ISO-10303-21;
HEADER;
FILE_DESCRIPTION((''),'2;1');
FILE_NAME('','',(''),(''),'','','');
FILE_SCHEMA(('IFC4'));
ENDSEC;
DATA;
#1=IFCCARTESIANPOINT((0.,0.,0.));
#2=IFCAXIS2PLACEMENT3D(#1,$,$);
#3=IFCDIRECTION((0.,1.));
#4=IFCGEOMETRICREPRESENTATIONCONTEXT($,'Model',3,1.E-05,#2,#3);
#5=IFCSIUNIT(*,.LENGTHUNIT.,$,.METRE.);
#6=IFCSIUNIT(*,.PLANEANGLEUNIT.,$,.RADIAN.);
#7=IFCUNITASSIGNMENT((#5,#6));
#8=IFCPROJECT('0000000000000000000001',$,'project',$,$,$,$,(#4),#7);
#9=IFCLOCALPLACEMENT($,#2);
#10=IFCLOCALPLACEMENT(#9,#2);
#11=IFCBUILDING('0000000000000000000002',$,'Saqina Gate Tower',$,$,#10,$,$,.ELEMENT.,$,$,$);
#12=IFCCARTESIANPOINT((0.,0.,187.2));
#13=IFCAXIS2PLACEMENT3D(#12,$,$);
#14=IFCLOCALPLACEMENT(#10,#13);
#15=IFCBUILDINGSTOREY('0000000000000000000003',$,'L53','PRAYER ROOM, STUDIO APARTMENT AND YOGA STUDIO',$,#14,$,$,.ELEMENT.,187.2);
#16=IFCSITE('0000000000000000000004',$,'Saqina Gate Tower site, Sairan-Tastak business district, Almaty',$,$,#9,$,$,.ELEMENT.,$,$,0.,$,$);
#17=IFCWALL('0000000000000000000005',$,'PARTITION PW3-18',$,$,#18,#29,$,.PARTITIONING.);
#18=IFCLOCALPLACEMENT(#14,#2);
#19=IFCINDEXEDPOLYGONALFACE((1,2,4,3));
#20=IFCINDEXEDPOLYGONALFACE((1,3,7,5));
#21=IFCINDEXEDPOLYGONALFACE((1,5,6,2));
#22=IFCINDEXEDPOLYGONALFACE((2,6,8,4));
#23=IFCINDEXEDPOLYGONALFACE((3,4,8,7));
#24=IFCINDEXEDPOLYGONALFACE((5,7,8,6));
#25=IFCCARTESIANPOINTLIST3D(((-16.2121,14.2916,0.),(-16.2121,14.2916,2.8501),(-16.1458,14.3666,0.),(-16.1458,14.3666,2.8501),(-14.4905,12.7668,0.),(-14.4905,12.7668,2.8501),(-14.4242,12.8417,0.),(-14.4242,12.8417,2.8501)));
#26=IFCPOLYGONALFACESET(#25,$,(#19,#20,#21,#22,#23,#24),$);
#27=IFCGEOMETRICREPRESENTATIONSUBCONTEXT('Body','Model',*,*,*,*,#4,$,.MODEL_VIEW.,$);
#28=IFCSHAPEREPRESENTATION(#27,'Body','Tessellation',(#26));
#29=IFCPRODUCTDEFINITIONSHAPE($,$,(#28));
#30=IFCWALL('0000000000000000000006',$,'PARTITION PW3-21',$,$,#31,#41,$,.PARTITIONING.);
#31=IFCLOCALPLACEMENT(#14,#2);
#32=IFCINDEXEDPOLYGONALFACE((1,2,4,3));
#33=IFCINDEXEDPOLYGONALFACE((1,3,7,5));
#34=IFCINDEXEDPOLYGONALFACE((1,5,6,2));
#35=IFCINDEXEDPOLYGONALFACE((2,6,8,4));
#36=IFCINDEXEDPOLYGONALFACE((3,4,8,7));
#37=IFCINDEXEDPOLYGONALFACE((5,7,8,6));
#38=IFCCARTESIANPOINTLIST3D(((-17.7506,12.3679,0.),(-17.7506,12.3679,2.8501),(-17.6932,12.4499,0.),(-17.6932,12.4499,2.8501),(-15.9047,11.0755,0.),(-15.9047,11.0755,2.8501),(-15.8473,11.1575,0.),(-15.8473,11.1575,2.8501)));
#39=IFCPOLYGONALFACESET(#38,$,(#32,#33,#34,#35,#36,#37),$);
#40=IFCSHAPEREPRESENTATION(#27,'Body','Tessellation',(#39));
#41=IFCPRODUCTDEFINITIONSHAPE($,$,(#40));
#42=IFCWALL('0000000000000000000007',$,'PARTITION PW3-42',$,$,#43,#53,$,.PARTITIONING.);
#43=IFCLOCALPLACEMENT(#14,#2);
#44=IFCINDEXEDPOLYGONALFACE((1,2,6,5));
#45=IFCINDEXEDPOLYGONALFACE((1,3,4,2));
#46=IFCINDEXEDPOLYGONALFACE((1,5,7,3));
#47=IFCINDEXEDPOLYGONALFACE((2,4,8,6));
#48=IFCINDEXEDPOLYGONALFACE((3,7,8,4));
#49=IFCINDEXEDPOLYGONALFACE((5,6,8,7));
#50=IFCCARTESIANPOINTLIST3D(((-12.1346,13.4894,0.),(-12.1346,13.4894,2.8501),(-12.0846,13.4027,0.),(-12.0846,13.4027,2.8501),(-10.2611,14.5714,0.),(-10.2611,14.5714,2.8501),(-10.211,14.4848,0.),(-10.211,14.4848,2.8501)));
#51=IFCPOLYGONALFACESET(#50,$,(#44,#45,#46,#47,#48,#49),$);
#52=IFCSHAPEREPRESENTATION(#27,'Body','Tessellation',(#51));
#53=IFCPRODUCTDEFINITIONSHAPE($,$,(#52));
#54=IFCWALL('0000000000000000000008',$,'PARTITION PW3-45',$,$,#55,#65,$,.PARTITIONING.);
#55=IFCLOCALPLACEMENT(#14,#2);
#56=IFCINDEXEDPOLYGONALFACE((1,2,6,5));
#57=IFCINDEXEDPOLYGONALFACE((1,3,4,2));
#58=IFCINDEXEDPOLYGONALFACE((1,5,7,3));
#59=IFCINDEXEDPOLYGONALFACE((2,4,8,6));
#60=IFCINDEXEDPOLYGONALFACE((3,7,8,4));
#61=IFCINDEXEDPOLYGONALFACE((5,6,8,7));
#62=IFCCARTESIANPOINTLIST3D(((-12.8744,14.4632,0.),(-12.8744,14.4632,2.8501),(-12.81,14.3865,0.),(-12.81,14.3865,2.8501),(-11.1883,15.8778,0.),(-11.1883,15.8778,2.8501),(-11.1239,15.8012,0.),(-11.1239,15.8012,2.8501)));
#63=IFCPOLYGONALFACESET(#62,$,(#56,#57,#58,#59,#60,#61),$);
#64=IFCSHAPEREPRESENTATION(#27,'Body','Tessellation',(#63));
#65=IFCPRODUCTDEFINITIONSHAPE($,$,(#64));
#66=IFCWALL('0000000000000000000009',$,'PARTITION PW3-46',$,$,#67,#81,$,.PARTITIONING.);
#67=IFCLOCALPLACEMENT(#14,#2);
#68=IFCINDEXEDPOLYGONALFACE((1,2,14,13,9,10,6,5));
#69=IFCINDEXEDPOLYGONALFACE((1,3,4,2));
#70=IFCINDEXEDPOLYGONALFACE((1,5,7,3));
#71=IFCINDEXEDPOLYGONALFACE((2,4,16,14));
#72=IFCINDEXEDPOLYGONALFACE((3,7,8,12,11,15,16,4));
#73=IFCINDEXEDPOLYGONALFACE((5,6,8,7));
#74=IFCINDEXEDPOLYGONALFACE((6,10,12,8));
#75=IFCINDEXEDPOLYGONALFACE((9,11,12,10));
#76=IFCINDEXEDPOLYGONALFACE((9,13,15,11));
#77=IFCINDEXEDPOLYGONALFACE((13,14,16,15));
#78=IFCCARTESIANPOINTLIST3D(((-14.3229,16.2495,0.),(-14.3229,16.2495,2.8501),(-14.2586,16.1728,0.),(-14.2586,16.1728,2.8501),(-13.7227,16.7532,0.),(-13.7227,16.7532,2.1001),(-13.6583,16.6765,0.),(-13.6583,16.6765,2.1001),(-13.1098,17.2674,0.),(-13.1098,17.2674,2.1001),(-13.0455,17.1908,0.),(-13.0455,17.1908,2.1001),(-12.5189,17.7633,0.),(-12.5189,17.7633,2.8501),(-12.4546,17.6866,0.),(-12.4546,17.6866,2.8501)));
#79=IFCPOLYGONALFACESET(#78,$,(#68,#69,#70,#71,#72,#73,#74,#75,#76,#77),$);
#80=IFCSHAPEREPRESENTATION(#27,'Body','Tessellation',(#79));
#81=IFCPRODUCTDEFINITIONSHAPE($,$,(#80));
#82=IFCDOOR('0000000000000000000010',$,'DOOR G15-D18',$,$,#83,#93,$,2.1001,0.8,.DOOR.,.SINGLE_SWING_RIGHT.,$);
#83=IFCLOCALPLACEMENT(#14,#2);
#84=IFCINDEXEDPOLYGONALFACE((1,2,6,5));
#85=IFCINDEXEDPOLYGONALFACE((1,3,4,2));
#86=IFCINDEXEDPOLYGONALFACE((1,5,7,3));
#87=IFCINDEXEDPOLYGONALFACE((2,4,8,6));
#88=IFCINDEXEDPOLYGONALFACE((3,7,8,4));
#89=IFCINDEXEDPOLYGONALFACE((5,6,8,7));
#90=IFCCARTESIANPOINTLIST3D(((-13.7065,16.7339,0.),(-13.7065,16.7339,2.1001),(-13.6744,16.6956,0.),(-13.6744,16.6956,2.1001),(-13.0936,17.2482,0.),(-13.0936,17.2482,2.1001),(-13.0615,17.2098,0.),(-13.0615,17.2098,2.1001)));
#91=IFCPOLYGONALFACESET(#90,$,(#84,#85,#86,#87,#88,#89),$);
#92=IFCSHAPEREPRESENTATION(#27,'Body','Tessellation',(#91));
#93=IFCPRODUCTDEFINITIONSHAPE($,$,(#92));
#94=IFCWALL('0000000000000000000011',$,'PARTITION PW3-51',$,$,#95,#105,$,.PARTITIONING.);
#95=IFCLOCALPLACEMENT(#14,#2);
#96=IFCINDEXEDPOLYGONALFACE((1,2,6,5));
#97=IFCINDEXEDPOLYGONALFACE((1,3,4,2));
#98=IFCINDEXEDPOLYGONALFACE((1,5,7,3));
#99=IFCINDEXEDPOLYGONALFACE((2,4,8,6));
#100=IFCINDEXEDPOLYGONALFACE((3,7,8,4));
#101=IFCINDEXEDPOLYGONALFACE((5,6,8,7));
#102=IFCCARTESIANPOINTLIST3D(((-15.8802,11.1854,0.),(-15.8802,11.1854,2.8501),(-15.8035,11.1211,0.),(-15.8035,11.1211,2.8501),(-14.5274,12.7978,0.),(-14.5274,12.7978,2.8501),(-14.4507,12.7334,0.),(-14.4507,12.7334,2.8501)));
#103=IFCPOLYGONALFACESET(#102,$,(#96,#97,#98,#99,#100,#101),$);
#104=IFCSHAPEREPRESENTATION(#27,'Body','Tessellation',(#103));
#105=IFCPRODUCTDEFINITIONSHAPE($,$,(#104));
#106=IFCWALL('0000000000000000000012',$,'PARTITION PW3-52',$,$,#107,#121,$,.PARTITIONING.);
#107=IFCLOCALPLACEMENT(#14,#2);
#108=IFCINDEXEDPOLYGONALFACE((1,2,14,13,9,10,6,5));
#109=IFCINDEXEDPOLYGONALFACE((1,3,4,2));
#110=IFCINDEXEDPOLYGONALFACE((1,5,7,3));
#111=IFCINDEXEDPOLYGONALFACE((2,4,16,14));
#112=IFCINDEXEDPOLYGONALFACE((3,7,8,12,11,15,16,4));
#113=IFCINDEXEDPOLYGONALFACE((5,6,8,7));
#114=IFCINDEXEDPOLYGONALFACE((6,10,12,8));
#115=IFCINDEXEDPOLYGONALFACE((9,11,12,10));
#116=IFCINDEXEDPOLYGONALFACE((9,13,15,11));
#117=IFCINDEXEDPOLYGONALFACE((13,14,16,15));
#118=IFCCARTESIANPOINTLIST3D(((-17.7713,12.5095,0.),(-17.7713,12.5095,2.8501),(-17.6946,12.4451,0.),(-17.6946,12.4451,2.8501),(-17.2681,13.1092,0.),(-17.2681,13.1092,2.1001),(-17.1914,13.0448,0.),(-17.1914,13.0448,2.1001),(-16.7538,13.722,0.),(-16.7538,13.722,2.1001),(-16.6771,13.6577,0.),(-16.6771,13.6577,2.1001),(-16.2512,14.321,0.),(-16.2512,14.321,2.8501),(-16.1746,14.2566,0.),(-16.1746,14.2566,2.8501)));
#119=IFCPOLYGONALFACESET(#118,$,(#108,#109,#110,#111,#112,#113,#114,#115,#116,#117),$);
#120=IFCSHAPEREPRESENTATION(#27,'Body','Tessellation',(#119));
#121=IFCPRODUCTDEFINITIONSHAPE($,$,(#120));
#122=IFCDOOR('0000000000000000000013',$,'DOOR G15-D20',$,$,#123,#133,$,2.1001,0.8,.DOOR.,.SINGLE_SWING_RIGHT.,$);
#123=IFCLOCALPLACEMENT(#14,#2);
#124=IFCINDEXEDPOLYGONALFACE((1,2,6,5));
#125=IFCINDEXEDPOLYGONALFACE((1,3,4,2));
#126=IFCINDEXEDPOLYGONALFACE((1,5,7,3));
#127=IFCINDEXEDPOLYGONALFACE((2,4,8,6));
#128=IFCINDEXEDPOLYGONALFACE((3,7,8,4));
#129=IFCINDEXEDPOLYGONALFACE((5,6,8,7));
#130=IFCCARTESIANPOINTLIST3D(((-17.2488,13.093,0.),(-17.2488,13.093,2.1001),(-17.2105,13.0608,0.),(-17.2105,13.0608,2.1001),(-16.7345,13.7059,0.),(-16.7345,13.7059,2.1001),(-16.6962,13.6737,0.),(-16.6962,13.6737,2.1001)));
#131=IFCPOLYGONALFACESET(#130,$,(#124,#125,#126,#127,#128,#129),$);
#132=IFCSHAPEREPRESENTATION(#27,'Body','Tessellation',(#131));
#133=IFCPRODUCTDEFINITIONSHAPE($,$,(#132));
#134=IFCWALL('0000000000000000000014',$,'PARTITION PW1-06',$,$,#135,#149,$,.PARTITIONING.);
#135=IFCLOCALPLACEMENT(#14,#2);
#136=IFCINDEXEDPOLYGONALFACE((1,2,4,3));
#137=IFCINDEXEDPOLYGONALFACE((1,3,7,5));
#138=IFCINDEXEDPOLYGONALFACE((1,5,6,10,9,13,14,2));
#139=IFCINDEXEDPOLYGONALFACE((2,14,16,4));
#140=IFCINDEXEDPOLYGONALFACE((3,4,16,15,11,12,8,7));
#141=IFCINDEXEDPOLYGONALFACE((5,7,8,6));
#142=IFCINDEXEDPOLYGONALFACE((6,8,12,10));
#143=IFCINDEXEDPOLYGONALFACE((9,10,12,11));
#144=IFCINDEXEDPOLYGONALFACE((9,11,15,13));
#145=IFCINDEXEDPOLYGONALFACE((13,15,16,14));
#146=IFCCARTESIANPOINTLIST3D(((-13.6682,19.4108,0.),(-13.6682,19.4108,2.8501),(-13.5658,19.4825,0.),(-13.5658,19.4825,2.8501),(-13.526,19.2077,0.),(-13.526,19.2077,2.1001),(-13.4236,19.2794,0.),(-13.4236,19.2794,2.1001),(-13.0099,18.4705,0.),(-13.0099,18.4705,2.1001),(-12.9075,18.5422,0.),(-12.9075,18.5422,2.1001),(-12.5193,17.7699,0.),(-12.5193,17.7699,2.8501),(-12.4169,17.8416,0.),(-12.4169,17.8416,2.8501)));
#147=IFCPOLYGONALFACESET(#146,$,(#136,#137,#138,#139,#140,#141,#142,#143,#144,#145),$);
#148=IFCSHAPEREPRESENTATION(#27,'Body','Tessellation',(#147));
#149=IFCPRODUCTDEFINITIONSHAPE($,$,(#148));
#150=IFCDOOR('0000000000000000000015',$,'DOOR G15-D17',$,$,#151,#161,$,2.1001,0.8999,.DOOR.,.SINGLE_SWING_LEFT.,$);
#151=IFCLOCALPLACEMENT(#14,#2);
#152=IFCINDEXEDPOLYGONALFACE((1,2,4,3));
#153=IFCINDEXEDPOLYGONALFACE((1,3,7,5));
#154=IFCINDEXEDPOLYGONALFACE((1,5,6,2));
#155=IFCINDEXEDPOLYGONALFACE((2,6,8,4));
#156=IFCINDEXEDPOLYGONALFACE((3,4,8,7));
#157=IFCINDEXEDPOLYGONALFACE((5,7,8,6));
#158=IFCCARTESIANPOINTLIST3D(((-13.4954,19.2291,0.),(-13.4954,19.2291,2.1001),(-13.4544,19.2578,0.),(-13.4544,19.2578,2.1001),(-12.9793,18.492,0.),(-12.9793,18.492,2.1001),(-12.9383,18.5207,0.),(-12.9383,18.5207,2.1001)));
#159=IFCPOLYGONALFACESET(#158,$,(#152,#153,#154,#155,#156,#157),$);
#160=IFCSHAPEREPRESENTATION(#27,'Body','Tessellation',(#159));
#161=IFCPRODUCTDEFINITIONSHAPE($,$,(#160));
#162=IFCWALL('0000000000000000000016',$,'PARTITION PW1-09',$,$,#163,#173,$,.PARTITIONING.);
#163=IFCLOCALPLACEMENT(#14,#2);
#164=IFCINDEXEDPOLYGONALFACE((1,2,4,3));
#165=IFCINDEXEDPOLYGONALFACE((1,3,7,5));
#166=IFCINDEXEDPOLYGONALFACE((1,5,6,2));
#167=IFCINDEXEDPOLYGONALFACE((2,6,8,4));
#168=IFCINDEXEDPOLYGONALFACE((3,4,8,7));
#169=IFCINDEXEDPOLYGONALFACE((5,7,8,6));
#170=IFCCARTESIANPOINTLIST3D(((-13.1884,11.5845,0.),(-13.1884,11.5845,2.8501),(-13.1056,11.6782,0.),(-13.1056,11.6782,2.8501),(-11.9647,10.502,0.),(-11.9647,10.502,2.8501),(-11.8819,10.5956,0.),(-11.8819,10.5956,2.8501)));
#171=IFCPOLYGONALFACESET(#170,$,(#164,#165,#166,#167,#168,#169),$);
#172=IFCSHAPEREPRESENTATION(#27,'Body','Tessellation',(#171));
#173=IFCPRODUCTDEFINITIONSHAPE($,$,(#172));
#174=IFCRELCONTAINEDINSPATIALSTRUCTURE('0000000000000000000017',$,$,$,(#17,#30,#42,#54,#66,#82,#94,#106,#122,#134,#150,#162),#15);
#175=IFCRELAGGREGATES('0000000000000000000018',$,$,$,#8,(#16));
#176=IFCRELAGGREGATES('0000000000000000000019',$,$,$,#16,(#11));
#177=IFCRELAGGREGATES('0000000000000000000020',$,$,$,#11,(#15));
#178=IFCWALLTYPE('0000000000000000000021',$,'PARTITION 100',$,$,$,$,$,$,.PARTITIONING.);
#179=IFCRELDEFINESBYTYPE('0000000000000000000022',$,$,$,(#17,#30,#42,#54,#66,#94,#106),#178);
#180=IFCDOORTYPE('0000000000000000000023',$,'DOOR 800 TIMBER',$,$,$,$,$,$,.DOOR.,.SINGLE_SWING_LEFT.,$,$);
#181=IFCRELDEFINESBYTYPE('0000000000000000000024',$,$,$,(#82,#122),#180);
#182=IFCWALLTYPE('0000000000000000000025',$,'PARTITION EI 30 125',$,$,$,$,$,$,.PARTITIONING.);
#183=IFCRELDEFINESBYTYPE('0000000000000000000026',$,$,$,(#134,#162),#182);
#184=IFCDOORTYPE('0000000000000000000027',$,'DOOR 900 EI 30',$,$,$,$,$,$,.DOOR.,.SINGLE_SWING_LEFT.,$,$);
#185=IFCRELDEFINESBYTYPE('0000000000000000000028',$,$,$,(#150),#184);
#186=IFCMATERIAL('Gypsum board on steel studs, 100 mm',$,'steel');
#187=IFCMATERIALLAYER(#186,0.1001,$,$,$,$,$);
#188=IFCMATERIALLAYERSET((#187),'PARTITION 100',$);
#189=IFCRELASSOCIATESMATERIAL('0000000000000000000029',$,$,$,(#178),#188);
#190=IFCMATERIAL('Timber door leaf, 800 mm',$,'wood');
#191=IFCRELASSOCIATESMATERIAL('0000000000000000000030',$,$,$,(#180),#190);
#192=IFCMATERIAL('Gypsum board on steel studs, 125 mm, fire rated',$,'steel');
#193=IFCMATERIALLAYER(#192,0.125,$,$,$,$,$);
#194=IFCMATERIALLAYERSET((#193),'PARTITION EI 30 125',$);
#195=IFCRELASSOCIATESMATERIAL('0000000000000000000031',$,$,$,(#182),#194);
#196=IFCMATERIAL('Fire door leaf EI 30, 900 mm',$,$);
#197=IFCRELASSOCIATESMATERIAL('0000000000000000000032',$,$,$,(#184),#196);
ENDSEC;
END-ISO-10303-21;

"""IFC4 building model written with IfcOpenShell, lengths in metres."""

from ifc_helpers import new_model, si_unit, direction, frame, frame_2d, origin, place, context, subcontext, project, spatial, rectangle, extrude, material, layer, layer_set, type_object, element, fill, save


model = new_model("IFC4")

# Units and contexts
model_context = context("Model", 3, precision=1e-05, world=origin(), true_north=direction((0.0, 1.0)))
body_context = subcontext(model_context, "Body", "Model", "MODEL_VIEW")
ifc_project = project(units=[si_unit("LENGTHUNIT", "METRE"), si_unit("PLANEANGLEUNIT", "RADIAN")], contexts=[model_context])

# Site, building, storey
site_placement = place(None, origin())
site = spatial("IfcSite", under=ifc_project, at=site_placement, Name="Saqina Gate Tower site, Sairan-Tastak business district, Almaty", CompositionType="ELEMENT", RefElevation=0.0)
building_placement = place(site_placement, origin())
building = spatial("IfcBuilding", under=site, at=building_placement, Name="Saqina Gate Tower", CompositionType="ELEMENT")
storey_placement = place(building_placement, frame((0.0, 0.0, 187.2)))
storey = spatial("IfcBuildingStorey", under=building, at=storey_placement, Name="L53", Description="PRAYER ROOM, STUDIO APARTMENT AND YOGA STUDIO", CompositionType="ELEMENT", Elevation=187.2)

# Walls
ifc_material_1 = material(Name="Gypsum board on steel studs, 100 mm", Category="steel")
ifc_layer_1 = layer(ifc_material_1, 0.1001)
ifc_layer_set_1 = layer_set([ifc_layer_1], Name="PARTITION 100")
wall_type_1 = type_object("IfcWallType", Name="PARTITION 100", PredefinedType="PARTITIONING", material=ifc_layer_set_1)
wall_1_placement = place(storey_placement, frame((-16.179, 14.3291, 0.0), z_axis=(0.0, 0.0, 1.0), x_axis=(0.748591, -0.663032, 0.0)))
element("IfcWall", 1, at=wall_1_placement, inside=storey, type_object=wall_type_1, Name="PARTITION PW3-18", PredefinedType="PARTITIONING", context=body_context, shape_type="SweptSolid", body=[
    extrude(rectangle(XDim=2.2998, YDim=0.1001, at=frame_2d((1.1499, 0.0))), origin(), (0.0, 0.0, 1.0), 2.8501),
])
wall_2_placement = place(storey_placement, frame((-17.7219, 12.4089, 0.0), z_axis=(0.0, 0.0, 1.0), x_axis=(0.819166, -0.573557, 0.0)))
element("IfcWall", 2, at=wall_2_placement, inside=storey, type_object=wall_type_1, Name="PARTITION PW3-21", PredefinedType="PARTITIONING", context=body_context, shape_type="SweptSolid", body=[
    extrude(rectangle(XDim=2.2534, YDim=0.1001, at=frame_2d((1.1267, 0.0))), origin(), (0.0, 0.0, 1.0), 2.8501),
])
wall_3_placement = place(storey_placement, frame((-12.1096, 13.446, 0.0), z_axis=(0.0, 0.0, 1.0), x_axis=(0.865956, 0.50012, 0.0)))
element("IfcWall", 3, at=wall_3_placement, inside=storey, type_object=wall_type_1, Name="PARTITION PW3-42", PredefinedType="PARTITIONING", context=body_context, shape_type="SweptSolid", body=[
    extrude(rectangle(XDim=2.1636, YDim=0.1001, at=frame_2d((1.0818, 0.0))), origin(), (0.0, 0.0, 1.0), 2.8501),
])
wall_4_placement = place(storey_placement, frame((-12.8423, 14.4248, 0.0), z_axis=(0.0, 0.0, 1.0), x_axis=(0.766089, 0.642734, 0.0)))
element("IfcWall", 4, at=wall_4_placement, inside=storey, type_object=wall_type_1, Name="PARTITION PW3-45", PredefinedType="PARTITIONING", context=body_context, shape_type="SweptSolid", body=[
    extrude(rectangle(XDim=2.2009, YDim=0.1001, at=frame_2d((1.1006, 0.0))), origin(), (0.0, 0.0, 1.0), 2.8501),
])

# Wall, opening, door
wall_5_placement = place(storey_placement, frame((-14.2908, 16.2112, 0.0), z_axis=(0.0, 0.0, 1.0), x_axis=(0.76605, 0.642781, 0.0)))
wall_5 = element("IfcWall", 5, at=wall_5_placement, inside=storey, type_object=wall_type_1, Name="PARTITION PW3-46", PredefinedType="PARTITIONING", context=body_context, shape_type="SweptSolid", body=[
    extrude(rectangle(XDim=2.355, YDim=0.1001, at=frame_2d((1.1775, 0.0))), origin(), (0.0, 0.0, 1.0), 2.8501),
])
opening_1_placement = place(wall_5_placement, frame((0.7837, 0.0, 0.0)))
opening_1 = element("IfcOpeningElement", 6, at=opening_1_placement, cuts=wall_5, PredefinedType="OPENING", context=body_context, shape_type="SweptSolid", body=[
    extrude(rectangle(XDim=0.8, YDim=2.1001, at=frame_2d((0.3999, 1.05))), frame((0.0, 0.062, 0.0), z_axis=(0.0, -1.0, 0.0), x_axis=(1.0, 0.0, 0.0)), (0.0, 0.0, 1.0), 0.124),
])
ifc_material_2 = material(Name="Timber door leaf, 800 mm", Category="wood")
door_type_1 = type_object("IfcDoorType", Name="DOOR 800 TIMBER", OperationType="SINGLE_SWING_LEFT", PredefinedType="DOOR", material=ifc_material_2)
door_1_placement = place(opening_1_placement, origin())
door_1 = element("IfcDoor", 7, at=door_1_placement, inside=storey, type_object=door_type_1, Name="DOOR G15-D18", OperationType="SINGLE_SWING_RIGHT", OverallHeight=2.1001, OverallWidth=0.8, PredefinedType="DOOR", context=body_context, shape_type="SweptSolid", body=[
    extrude(rectangle(XDim=0.8, YDim=2.1001, at=frame_2d((0.3999, 1.05))), frame((0.0, 0.0249, 0.0), z_axis=(0.0, -1.0, 0.0), x_axis=(1.0, 0.0, 0.0)), (0.0, 0.0, 1.0), 0.05),
])
fill(opening_1, door_1)

# Wall
wall_6_placement = place(storey_placement, frame((-15.8418, 11.1533, 0.0), z_axis=(0.0, 0.0, 1.0), x_axis=(0.642759, 0.766068, 0.0)))
element("IfcWall", 8, at=wall_6_placement, inside=storey, type_object=wall_type_1, Name="PARTITION PW3-51", PredefinedType="PARTITIONING", context=body_context, shape_type="SweptSolid", body=[
    extrude(rectangle(XDim=2.1047, YDim=0.1001, at=frame_2d((1.0522, 0.0))), origin(), (0.0, 0.0, 1.0), 2.8501),
])

# Walls, openings, doors
wall_7_placement = place(storey_placement, frame((-17.7329, 12.4773, 0.0), z_axis=(0.0, 0.0, 1.0), x_axis=(0.64278, 0.766051, 0.0)))
wall_7 = element("IfcWall", 9, at=wall_7_placement, inside=storey, type_object=wall_type_1, Name="PARTITION PW3-52", PredefinedType="PARTITIONING", context=body_context, shape_type="SweptSolid", body=[
    extrude(rectangle(XDim=2.3647, YDim=0.1001, at=frame_2d((1.1824, 0.0))), origin(), (0.0, 0.0, 1.0), 2.8501),
])
opening_2_placement = place(wall_7_placement, frame((0.783, 0.0, 0.0)))
opening_2 = element("IfcOpeningElement", 10, at=opening_2_placement, cuts=wall_7, PredefinedType="OPENING", context=body_context, shape_type="SweptSolid", body=[
    extrude(rectangle(XDim=0.8, YDim=2.1001, at=frame_2d((0.3999, 1.05))), frame((0.0, 0.062, 0.0), z_axis=(0.0, -1.0, 0.0), x_axis=(1.0, 0.0, 0.0)), (0.0, 0.0, 1.0), 0.124),
])
door_2_placement = place(opening_2_placement, origin())
door_2 = element("IfcDoor", 11, at=door_2_placement, inside=storey, type_object=door_type_1, Name="DOOR G15-D20", OperationType="SINGLE_SWING_RIGHT", OverallHeight=2.1001, OverallWidth=0.8, PredefinedType="DOOR", context=body_context, shape_type="SweptSolid", body=[
    extrude(rectangle(XDim=0.8, YDim=2.1001, at=frame_2d((0.3999, 1.05))), frame((0.0, 0.0249, 0.0), z_axis=(0.0, -1.0, 0.0), x_axis=(1.0, 0.0, 0.0)), (0.0, 0.0, 1.0), 0.05),
])
fill(opening_2, door_2)
ifc_material_3 = material(Name="Gypsum board on steel studs, 125 mm, fire rated", Category="steel")
ifc_layer_2 = layer(ifc_material_3, 0.125)
ifc_layer_set_2 = layer_set([ifc_layer_2], Name="PARTITION EI 30 125")
wall_type_2 = type_object("IfcWallType", Name="PARTITION EI 30 125", PredefinedType="PARTITIONING", material=ifc_layer_set_2)
wall_8_placement = place(storey_placement, frame((-13.6169, 19.4465, 0.0), z_axis=(0.0, 0.0, 1.0), x_axis=(0.573569, -0.819157, 0.0)))
wall_8 = element("IfcWall", 12, at=wall_8_placement, inside=storey, type_object=wall_type_2, Name="PARTITION PW1-06", PredefinedType="PARTITIONING", context=body_context, shape_type="SweptSolid", body=[
    extrude(rectangle(XDim=2.0032, YDim=0.125, at=frame_2d((1.0015, 0.0))), origin(), (0.0, 0.0, 1.0), 2.8501),
])
opening_3_placement = place(wall_8_placement, frame((0.2478, 0.0, 0.0)))
opening_3 = element("IfcOpeningElement", 13, at=opening_3_placement, cuts=wall_8, PredefinedType="OPENING", context=body_context, shape_type="SweptSolid", body=[
    extrude(rectangle(XDim=0.8999, YDim=2.1001, at=frame_2d((0.45, 1.05))), frame((0.0, 0.0745, 0.0), z_axis=(0.0, -1.0, 0.0), x_axis=(1.0, 0.0, 0.0)), (0.0, 0.0, 1.0), 0.1489),
])
ifc_material_4 = material(Name="Fire door leaf EI 30, 900 mm")
door_type_2 = type_object("IfcDoorType", Name="DOOR 900 EI 30", OperationType="SINGLE_SWING_LEFT", PredefinedType="DOOR", material=ifc_material_4)
door_3_placement = place(opening_3_placement, origin())
door_3 = element("IfcDoor", 14, at=door_3_placement, inside=storey, type_object=door_type_2, Name="DOOR G15-D17", OperationType="SINGLE_SWING_LEFT", OverallHeight=2.1001, OverallWidth=0.8999, PredefinedType="DOOR", context=body_context, shape_type="SweptSolid", body=[
    extrude(rectangle(XDim=0.8999, YDim=2.1001, at=frame_2d((0.45, 1.05))), frame((0.0, 0.0249, 0.0), z_axis=(0.0, -1.0, 0.0), x_axis=(1.0, 0.0, 0.0)), (0.0, 0.0, 1.0), 0.05),
])
fill(opening_3, door_3)

# Wall
wall_9_placement = place(storey_placement, frame((-13.147, 11.6313, 0.0), z_axis=(0.0, 0.0, 1.0), x_axis=(0.748974, -0.6626, 0.0)))
element("IfcWall", 15, at=wall_9_placement, inside=storey, type_object=wall_type_2, Name="PARTITION PW1-09", PredefinedType="PARTITIONING", context=body_context, shape_type="SweptSolid", body=[
    extrude(rectangle(XDim=1.6338, YDim=0.125, at=frame_2d((0.8169, 0.0))), origin(), (0.0, 0.0, 1.0), 2.8501),
])

save(model, "model.ifc")
